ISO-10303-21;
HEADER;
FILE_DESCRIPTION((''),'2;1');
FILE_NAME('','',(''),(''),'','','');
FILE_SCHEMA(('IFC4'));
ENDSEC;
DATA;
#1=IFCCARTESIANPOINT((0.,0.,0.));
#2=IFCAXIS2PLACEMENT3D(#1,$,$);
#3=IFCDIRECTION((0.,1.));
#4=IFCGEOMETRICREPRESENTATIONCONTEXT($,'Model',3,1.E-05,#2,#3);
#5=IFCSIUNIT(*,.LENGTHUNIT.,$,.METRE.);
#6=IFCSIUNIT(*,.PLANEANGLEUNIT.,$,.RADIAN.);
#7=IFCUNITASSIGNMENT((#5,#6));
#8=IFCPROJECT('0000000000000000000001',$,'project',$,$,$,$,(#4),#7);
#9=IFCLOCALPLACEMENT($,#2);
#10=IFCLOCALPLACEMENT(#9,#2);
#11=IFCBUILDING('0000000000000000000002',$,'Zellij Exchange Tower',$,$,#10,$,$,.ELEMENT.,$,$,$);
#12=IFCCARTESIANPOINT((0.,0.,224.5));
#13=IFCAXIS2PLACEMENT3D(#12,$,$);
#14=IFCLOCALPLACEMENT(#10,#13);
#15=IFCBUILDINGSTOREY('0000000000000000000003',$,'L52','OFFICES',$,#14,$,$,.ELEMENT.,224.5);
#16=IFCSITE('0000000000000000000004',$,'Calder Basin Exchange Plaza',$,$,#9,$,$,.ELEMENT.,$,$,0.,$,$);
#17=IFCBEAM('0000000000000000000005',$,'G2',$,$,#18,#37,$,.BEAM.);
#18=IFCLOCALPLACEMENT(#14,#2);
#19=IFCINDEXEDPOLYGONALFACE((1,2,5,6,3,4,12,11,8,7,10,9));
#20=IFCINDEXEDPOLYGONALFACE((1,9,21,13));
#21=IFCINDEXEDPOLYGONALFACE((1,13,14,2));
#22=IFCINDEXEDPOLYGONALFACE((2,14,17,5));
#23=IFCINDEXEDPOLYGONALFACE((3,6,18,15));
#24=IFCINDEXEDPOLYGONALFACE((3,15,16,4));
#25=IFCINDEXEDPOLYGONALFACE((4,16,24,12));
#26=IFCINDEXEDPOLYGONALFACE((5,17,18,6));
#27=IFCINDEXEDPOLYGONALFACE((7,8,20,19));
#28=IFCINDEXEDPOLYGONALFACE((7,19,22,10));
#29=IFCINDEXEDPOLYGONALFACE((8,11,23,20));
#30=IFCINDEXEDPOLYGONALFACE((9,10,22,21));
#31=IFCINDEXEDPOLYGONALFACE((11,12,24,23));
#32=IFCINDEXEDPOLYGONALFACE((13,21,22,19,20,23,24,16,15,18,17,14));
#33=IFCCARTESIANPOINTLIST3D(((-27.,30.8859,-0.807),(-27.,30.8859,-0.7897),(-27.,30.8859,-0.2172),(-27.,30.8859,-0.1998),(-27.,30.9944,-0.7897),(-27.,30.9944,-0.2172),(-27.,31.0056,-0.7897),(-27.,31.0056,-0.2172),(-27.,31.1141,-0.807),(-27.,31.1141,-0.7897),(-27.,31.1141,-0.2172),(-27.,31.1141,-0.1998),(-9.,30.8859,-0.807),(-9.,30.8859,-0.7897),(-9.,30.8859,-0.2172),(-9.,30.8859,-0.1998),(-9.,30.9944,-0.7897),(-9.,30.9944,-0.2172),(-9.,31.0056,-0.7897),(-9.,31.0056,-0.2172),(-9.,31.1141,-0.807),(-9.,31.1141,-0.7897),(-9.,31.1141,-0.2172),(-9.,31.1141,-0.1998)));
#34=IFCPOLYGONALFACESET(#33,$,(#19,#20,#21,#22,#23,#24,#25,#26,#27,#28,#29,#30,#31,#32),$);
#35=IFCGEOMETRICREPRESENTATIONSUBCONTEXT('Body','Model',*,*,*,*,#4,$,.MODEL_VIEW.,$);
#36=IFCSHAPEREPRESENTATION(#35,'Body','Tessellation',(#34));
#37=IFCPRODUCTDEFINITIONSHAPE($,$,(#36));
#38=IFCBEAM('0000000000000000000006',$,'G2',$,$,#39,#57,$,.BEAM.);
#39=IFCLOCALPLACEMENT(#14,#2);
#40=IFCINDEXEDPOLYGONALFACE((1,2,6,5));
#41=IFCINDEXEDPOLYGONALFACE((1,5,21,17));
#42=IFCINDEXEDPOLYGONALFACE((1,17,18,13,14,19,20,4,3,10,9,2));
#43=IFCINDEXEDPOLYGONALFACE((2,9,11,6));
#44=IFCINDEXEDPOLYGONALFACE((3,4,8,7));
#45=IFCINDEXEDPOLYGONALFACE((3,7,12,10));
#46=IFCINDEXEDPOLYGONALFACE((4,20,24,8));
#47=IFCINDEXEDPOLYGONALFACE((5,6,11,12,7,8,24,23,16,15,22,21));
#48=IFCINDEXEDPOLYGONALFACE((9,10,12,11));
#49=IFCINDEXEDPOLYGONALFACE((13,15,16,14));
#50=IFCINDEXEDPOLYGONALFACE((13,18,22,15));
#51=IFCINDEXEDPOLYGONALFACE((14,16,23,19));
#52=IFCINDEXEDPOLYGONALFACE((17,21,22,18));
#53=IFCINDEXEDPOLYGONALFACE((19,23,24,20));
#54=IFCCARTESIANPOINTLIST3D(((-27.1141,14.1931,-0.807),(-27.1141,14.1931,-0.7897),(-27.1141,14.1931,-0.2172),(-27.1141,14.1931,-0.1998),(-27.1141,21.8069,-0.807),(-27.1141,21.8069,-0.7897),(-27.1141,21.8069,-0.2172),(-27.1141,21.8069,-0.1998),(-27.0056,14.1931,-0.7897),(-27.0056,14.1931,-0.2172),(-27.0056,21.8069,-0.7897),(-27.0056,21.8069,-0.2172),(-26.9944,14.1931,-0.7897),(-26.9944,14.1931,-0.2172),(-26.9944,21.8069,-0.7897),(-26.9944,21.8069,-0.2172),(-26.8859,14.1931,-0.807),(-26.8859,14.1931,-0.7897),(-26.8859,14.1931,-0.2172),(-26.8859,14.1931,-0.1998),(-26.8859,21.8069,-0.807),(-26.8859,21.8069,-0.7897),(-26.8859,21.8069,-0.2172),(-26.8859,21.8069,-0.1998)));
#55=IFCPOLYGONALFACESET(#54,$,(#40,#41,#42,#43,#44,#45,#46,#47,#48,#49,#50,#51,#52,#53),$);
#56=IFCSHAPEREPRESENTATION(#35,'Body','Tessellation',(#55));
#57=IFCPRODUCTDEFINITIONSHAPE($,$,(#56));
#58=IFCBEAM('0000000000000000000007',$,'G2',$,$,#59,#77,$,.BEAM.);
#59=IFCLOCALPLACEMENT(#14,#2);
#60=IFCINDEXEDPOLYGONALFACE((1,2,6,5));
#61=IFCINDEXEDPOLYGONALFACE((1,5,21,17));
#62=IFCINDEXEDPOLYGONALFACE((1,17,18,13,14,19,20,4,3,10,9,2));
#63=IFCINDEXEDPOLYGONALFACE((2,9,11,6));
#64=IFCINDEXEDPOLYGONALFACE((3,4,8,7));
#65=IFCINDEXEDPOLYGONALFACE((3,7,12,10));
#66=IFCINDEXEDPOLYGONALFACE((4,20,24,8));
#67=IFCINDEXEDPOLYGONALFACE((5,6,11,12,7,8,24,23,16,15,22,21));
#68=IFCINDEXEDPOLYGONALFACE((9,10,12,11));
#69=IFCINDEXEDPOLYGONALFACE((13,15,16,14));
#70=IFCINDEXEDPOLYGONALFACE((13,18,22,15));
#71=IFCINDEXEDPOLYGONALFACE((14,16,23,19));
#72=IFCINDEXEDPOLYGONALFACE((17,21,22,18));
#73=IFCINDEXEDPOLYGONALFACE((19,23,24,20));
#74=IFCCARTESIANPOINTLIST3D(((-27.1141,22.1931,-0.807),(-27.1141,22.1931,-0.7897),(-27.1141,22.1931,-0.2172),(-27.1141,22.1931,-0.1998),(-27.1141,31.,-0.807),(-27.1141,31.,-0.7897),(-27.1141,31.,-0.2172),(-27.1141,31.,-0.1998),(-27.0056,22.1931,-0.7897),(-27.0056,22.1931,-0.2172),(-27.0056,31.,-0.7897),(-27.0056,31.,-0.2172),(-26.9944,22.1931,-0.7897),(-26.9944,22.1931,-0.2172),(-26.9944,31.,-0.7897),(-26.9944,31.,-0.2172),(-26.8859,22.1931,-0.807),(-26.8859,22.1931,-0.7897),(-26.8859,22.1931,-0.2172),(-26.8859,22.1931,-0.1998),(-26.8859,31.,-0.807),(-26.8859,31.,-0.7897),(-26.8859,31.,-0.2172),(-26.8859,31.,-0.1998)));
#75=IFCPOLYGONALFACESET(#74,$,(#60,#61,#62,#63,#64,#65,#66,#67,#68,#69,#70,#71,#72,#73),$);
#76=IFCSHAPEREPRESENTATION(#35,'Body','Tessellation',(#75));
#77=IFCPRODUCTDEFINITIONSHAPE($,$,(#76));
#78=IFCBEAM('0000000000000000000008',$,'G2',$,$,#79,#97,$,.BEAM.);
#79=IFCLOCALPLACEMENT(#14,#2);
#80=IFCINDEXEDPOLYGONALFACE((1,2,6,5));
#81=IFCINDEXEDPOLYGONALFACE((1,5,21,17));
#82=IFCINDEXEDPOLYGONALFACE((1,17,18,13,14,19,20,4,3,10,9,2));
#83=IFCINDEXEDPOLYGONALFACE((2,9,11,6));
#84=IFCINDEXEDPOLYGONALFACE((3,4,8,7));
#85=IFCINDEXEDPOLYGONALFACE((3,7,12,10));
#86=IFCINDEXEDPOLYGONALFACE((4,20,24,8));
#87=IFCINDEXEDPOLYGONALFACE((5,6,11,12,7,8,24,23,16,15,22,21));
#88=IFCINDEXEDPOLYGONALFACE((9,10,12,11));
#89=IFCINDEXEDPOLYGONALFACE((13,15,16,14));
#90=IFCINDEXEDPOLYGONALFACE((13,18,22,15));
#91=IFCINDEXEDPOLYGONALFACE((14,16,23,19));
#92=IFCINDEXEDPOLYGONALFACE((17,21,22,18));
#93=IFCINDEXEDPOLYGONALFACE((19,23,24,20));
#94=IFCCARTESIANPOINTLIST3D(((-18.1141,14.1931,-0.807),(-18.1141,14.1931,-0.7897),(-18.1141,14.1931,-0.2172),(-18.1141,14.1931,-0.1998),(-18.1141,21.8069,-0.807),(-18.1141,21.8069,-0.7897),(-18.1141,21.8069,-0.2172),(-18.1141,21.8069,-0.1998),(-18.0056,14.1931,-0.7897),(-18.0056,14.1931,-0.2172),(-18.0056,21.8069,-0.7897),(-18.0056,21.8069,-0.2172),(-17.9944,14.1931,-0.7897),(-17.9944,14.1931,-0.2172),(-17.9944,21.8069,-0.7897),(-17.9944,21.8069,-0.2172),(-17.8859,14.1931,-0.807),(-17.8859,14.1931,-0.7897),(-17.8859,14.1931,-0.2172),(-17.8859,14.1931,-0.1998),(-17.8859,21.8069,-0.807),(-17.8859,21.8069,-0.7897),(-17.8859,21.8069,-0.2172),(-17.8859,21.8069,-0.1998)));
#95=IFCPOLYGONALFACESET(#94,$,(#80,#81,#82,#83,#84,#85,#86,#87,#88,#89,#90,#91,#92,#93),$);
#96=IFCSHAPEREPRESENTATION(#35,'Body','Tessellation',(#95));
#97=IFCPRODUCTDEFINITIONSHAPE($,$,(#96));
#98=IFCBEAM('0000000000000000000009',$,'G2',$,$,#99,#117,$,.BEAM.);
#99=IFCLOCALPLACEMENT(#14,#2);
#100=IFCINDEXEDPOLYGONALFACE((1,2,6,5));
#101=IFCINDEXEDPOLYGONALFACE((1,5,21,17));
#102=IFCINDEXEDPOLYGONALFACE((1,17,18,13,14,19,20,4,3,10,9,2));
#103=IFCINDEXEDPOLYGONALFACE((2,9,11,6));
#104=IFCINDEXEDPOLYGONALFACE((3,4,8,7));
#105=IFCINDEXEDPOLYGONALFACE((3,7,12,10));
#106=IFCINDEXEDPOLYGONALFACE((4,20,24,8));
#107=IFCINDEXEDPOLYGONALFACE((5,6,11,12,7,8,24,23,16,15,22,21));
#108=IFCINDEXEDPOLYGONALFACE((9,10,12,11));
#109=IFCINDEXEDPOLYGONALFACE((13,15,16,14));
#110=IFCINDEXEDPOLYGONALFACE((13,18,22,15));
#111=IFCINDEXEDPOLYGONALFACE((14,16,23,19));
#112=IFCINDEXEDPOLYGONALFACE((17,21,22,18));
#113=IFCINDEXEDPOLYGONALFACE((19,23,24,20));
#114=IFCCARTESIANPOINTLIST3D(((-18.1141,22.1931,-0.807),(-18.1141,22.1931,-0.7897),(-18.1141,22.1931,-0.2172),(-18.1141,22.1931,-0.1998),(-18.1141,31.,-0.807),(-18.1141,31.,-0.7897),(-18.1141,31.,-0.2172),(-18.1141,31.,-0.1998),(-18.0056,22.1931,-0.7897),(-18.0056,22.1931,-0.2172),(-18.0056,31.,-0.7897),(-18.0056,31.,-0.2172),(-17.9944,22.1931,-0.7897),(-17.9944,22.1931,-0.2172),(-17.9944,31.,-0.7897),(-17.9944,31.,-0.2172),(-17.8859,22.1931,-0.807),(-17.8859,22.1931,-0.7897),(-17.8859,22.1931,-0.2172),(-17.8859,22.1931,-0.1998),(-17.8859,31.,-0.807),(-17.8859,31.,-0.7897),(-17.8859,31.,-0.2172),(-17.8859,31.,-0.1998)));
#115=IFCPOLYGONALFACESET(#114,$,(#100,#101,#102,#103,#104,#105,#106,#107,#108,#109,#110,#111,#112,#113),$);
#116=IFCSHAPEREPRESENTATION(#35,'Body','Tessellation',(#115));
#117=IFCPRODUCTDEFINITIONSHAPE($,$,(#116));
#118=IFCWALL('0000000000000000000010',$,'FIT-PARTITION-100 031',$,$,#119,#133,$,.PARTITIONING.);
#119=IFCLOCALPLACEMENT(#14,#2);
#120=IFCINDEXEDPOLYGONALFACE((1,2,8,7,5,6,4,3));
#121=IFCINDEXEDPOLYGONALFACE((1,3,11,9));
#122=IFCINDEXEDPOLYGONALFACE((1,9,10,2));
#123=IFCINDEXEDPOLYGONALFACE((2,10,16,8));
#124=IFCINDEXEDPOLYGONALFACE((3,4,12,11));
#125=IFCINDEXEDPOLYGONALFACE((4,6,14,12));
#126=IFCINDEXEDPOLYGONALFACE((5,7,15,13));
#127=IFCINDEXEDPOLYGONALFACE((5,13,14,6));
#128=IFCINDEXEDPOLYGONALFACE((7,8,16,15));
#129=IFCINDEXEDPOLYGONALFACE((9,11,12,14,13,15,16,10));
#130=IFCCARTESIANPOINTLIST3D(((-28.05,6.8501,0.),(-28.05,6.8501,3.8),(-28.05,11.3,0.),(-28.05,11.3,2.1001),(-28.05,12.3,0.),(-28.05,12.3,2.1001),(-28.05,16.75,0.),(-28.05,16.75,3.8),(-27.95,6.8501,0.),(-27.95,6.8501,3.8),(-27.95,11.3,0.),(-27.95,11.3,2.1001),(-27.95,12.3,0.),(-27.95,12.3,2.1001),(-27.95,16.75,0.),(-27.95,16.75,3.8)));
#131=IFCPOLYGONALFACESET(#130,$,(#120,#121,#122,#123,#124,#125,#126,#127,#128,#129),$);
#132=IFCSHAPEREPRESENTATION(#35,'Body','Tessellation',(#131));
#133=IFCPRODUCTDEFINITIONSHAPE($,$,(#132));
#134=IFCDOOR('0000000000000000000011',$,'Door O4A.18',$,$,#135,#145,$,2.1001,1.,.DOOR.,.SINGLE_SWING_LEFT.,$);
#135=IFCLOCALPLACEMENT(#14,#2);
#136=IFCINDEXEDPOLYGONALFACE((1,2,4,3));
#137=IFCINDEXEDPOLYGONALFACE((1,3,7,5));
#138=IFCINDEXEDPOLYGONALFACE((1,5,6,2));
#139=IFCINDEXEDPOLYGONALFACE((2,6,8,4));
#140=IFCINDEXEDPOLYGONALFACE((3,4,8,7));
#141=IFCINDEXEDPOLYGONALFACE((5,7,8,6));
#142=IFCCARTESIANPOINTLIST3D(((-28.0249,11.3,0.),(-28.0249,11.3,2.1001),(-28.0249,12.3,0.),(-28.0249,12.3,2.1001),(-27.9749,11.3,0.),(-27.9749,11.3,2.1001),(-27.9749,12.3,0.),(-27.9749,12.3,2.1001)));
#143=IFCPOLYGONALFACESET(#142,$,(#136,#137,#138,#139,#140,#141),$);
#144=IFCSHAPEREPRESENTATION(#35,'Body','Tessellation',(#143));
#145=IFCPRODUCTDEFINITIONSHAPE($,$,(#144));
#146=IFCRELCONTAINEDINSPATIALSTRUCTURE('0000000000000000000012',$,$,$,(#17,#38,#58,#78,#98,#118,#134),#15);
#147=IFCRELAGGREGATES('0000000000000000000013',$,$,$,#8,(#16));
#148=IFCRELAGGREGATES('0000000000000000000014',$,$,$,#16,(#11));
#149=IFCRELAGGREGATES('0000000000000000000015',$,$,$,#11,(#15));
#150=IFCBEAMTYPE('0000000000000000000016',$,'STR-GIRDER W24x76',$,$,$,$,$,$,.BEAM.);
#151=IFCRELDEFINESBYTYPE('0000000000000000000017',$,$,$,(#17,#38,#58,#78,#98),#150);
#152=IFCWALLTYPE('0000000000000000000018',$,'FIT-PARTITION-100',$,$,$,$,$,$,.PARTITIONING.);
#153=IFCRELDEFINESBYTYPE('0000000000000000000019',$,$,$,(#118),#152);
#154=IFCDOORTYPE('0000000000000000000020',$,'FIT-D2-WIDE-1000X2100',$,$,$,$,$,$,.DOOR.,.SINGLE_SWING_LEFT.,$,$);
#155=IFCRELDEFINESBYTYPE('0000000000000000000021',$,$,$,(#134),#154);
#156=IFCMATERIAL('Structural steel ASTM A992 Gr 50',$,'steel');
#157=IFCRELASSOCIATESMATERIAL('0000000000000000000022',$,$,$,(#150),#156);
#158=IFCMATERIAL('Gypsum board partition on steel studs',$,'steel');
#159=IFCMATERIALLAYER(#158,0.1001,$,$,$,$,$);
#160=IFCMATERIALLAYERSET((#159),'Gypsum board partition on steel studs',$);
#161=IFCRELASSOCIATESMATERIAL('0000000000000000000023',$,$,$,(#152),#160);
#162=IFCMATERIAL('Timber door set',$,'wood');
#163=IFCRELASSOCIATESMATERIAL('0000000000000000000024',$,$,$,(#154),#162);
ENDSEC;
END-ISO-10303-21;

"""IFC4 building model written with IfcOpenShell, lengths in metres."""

from ifc_helpers import new_model, si_unit, direction, frame, frame_2d, origin, origin_2d, place, context, subcontext, project, spatial, rectangle, i_section, extrude, material, layer, layer_set, material_profile, profile_set, type_object, element, fill, save


model = new_model("IFC4")

# Units and contexts
model_context = context("Model", 3, precision=1e-05, world=origin(), true_north=direction((0.0, 1.0)))
body_context = subcontext(model_context, "Body", "Model", "MODEL_VIEW")
ifc_project = project(units=[si_unit("LENGTHUNIT", "METRE"), si_unit("PLANEANGLEUNIT", "RADIAN")], contexts=[model_context])

# Site, building, storey
site_placement = place(None, origin())
site = spatial("IfcSite", under=ifc_project, at=site_placement, Name="Calder Basin Exchange Plaza", CompositionType="ELEMENT", RefElevation=0.0)
building_placement = place(site_placement, origin())
building = spatial("IfcBuilding", under=site, at=building_placement, Name="Zellij Exchange Tower", CompositionType="ELEMENT")
storey_placement = place(building_placement, frame((0.0, 0.0, 224.5)))
storey = spatial("IfcBuildingStorey", under=building, at=storey_placement, Name="L52", Description="OFFICES", CompositionType="ELEMENT", Elevation=224.5)

# Shared definitions
ifc_material_1 = material(Name="Structural steel ASTM A992 Gr 50", Category="steel")

# Beams
ifc_material_profile_1 = material_profile(ifc_material_1, i_section(OverallWidth=0.2283, OverallDepth=0.6072, WebThickness=0.0112, FlangeThickness=0.0173, at=origin_2d()), Name="W24x76")
ifc_profile_set_1 = profile_set([ifc_material_profile_1], Name="Structural steel ASTM A992 Gr 50")
beam_type = type_object("IfcBeamType", Name="STR-GIRDER W24x76", PredefinedType="BEAM", material=ifc_profile_set_1)
beam_1_placement = place(storey_placement, frame((-27.0, 31.0, -0.5034), z_axis=(1.0, 0.0, 0.0), x_axis=(0.0, 1.0, 0.0)))
element("IfcBeam", 1, at=beam_1_placement, inside=storey, type_object=beam_type, Name="G2", PredefinedType="BEAM", context=body_context, shape_type="SweptSolid", body=[
    extrude(i_section(OverallWidth=0.2283, OverallDepth=0.6072, WebThickness=0.0112, FlangeThickness=0.0173, at=origin_2d()), origin(), (0.0, 0.0, 1.0), 18.0),
])
beam_2_placement = place(storey_placement, frame((-27.0, 14.1931, -0.5034), z_axis=(0.0, 1.0, 0.0), x_axis=(-1.0, 0.0, 0.0)))
element("IfcBeam", 2, at=beam_2_placement, inside=storey, type_object=beam_type, Name="G2", PredefinedType="BEAM", context=body_context, shape_type="SweptSolid", body=[
    extrude(i_section(OverallWidth=0.2283, OverallDepth=0.6072, WebThickness=0.0112, FlangeThickness=0.0173, at=origin_2d()), origin(), (0.0, 0.0, 1.0), 7.6138),
])
beam_3_placement = place(storey_placement, frame((-27.0, 22.1931, -0.5034), z_axis=(0.0, 1.0, 0.0), x_axis=(-1.0, 0.0, 0.0)))
element("IfcBeam", 3, at=beam_3_placement, inside=storey, type_object=beam_type, Name="G2", PredefinedType="BEAM", context=body_context, shape_type="SweptSolid", body=[
    extrude(i_section(OverallWidth=0.2283, OverallDepth=0.6072, WebThickness=0.0112, FlangeThickness=0.0173, at=origin_2d()), origin(), (0.0, 0.0, 1.0), 8.8069),
])
beam_4_placement = place(storey_placement, frame((-18.0, 14.1931, -0.5034), z_axis=(0.0, 1.0, 0.0), x_axis=(-1.0, 0.0, 0.0)))
element("IfcBeam", 4, at=beam_4_placement, inside=storey, type_object=beam_type, Name="G2", PredefinedType="BEAM", context=body_context, shape_type="SweptSolid", body=[
    extrude(i_section(OverallWidth=0.2283, OverallDepth=0.6072, WebThickness=0.0112, FlangeThickness=0.0173, at=origin_2d()), origin(), (0.0, 0.0, 1.0), 7.6138),
])
beam_5_placement = place(storey_placement, frame((-18.0, 22.1931, -0.5034), z_axis=(0.0, 1.0, 0.0), x_axis=(-1.0, 0.0, 0.0)))
element("IfcBeam", 5, at=beam_5_placement, inside=storey, type_object=beam_type, Name="G2", PredefinedType="BEAM", context=body_context, shape_type="SweptSolid", body=[
    extrude(i_section(OverallWidth=0.2283, OverallDepth=0.6072, WebThickness=0.0112, FlangeThickness=0.0173, at=origin_2d()), origin(), (0.0, 0.0, 1.0), 8.8069),
])

# Wall, opening, door
ifc_material_2 = material(Name="Gypsum board partition on steel studs", Category="steel")
ifc_layer = layer(ifc_material_2, 0.1001)
ifc_layer_set = layer_set([ifc_layer], Name="Gypsum board partition on steel studs")
wall_type = type_object("IfcWallType", Name="FIT-PARTITION-100", PredefinedType="PARTITIONING", material=ifc_layer_set)
wall_1_placement = place(storey_placement, frame((-28.0, 6.8501, 0.0), z_axis=(0.0, 0.0, 1.0), x_axis=(0.0, 1.0, 0.0)))
wall_1 = element("IfcWall", 6, at=wall_1_placement, inside=storey, type_object=wall_type, Name="FIT-PARTITION-100 031", PredefinedType="PARTITIONING", context=body_context, shape_type="SweptSolid", body=[
    extrude(rectangle(XDim=9.8999, YDim=0.1001, at=frame_2d((4.95, 0.0))), origin(), (0.0, 0.0, 1.0), 3.8),
])
opening_1_placement = place(wall_1_placement, frame((4.45, 0.0, 0.0)))
opening_1 = element("IfcOpeningElement", 7, at=opening_1_placement, cuts=wall_1, PredefinedType="OPENING", context=body_context, shape_type="SweptSolid", body=[
    extrude(rectangle(XDim=1.0, YDim=2.1001, at=frame_2d((0.5, 1.05))), frame((0.0, 0.062, 0.0), z_axis=(0.0, -1.0, 0.0), x_axis=(1.0, 0.0, 0.0)), (0.0, 0.0, 1.0), 0.124),
])
ifc_material_3 = material(Name="Timber door set", Category="wood")
door_type_1 = type_object("IfcDoorType", Name="FIT-D2-WIDE-1000X2100", OperationType="SINGLE_SWING_LEFT", PredefinedType="DOOR", material=ifc_material_3)
door_1_placement = place(opening_1_placement, origin())
door_1 = element("IfcDoor", 8, at=door_1_placement, inside=storey, type_object=door_type_1, Name="Door O4A.18", OperationType="SINGLE_SWING_LEFT", OverallHeight=2.1001, OverallWidth=1.0, PredefinedType="DOOR", context=body_context, shape_type="SweptSolid", body=[
    extrude(rectangle(XDim=1.0, YDim=2.1001, at=frame_2d((0.5, 1.05))), frame((0.0, 0.0249, 0.0), z_axis=(0.0, -1.0, 0.0), x_axis=(1.0, 0.0, 0.0)), (0.0, 0.0, 1.0), 0.05),
])
fill(opening_1, door_1)

save(model, "model.ifc")
